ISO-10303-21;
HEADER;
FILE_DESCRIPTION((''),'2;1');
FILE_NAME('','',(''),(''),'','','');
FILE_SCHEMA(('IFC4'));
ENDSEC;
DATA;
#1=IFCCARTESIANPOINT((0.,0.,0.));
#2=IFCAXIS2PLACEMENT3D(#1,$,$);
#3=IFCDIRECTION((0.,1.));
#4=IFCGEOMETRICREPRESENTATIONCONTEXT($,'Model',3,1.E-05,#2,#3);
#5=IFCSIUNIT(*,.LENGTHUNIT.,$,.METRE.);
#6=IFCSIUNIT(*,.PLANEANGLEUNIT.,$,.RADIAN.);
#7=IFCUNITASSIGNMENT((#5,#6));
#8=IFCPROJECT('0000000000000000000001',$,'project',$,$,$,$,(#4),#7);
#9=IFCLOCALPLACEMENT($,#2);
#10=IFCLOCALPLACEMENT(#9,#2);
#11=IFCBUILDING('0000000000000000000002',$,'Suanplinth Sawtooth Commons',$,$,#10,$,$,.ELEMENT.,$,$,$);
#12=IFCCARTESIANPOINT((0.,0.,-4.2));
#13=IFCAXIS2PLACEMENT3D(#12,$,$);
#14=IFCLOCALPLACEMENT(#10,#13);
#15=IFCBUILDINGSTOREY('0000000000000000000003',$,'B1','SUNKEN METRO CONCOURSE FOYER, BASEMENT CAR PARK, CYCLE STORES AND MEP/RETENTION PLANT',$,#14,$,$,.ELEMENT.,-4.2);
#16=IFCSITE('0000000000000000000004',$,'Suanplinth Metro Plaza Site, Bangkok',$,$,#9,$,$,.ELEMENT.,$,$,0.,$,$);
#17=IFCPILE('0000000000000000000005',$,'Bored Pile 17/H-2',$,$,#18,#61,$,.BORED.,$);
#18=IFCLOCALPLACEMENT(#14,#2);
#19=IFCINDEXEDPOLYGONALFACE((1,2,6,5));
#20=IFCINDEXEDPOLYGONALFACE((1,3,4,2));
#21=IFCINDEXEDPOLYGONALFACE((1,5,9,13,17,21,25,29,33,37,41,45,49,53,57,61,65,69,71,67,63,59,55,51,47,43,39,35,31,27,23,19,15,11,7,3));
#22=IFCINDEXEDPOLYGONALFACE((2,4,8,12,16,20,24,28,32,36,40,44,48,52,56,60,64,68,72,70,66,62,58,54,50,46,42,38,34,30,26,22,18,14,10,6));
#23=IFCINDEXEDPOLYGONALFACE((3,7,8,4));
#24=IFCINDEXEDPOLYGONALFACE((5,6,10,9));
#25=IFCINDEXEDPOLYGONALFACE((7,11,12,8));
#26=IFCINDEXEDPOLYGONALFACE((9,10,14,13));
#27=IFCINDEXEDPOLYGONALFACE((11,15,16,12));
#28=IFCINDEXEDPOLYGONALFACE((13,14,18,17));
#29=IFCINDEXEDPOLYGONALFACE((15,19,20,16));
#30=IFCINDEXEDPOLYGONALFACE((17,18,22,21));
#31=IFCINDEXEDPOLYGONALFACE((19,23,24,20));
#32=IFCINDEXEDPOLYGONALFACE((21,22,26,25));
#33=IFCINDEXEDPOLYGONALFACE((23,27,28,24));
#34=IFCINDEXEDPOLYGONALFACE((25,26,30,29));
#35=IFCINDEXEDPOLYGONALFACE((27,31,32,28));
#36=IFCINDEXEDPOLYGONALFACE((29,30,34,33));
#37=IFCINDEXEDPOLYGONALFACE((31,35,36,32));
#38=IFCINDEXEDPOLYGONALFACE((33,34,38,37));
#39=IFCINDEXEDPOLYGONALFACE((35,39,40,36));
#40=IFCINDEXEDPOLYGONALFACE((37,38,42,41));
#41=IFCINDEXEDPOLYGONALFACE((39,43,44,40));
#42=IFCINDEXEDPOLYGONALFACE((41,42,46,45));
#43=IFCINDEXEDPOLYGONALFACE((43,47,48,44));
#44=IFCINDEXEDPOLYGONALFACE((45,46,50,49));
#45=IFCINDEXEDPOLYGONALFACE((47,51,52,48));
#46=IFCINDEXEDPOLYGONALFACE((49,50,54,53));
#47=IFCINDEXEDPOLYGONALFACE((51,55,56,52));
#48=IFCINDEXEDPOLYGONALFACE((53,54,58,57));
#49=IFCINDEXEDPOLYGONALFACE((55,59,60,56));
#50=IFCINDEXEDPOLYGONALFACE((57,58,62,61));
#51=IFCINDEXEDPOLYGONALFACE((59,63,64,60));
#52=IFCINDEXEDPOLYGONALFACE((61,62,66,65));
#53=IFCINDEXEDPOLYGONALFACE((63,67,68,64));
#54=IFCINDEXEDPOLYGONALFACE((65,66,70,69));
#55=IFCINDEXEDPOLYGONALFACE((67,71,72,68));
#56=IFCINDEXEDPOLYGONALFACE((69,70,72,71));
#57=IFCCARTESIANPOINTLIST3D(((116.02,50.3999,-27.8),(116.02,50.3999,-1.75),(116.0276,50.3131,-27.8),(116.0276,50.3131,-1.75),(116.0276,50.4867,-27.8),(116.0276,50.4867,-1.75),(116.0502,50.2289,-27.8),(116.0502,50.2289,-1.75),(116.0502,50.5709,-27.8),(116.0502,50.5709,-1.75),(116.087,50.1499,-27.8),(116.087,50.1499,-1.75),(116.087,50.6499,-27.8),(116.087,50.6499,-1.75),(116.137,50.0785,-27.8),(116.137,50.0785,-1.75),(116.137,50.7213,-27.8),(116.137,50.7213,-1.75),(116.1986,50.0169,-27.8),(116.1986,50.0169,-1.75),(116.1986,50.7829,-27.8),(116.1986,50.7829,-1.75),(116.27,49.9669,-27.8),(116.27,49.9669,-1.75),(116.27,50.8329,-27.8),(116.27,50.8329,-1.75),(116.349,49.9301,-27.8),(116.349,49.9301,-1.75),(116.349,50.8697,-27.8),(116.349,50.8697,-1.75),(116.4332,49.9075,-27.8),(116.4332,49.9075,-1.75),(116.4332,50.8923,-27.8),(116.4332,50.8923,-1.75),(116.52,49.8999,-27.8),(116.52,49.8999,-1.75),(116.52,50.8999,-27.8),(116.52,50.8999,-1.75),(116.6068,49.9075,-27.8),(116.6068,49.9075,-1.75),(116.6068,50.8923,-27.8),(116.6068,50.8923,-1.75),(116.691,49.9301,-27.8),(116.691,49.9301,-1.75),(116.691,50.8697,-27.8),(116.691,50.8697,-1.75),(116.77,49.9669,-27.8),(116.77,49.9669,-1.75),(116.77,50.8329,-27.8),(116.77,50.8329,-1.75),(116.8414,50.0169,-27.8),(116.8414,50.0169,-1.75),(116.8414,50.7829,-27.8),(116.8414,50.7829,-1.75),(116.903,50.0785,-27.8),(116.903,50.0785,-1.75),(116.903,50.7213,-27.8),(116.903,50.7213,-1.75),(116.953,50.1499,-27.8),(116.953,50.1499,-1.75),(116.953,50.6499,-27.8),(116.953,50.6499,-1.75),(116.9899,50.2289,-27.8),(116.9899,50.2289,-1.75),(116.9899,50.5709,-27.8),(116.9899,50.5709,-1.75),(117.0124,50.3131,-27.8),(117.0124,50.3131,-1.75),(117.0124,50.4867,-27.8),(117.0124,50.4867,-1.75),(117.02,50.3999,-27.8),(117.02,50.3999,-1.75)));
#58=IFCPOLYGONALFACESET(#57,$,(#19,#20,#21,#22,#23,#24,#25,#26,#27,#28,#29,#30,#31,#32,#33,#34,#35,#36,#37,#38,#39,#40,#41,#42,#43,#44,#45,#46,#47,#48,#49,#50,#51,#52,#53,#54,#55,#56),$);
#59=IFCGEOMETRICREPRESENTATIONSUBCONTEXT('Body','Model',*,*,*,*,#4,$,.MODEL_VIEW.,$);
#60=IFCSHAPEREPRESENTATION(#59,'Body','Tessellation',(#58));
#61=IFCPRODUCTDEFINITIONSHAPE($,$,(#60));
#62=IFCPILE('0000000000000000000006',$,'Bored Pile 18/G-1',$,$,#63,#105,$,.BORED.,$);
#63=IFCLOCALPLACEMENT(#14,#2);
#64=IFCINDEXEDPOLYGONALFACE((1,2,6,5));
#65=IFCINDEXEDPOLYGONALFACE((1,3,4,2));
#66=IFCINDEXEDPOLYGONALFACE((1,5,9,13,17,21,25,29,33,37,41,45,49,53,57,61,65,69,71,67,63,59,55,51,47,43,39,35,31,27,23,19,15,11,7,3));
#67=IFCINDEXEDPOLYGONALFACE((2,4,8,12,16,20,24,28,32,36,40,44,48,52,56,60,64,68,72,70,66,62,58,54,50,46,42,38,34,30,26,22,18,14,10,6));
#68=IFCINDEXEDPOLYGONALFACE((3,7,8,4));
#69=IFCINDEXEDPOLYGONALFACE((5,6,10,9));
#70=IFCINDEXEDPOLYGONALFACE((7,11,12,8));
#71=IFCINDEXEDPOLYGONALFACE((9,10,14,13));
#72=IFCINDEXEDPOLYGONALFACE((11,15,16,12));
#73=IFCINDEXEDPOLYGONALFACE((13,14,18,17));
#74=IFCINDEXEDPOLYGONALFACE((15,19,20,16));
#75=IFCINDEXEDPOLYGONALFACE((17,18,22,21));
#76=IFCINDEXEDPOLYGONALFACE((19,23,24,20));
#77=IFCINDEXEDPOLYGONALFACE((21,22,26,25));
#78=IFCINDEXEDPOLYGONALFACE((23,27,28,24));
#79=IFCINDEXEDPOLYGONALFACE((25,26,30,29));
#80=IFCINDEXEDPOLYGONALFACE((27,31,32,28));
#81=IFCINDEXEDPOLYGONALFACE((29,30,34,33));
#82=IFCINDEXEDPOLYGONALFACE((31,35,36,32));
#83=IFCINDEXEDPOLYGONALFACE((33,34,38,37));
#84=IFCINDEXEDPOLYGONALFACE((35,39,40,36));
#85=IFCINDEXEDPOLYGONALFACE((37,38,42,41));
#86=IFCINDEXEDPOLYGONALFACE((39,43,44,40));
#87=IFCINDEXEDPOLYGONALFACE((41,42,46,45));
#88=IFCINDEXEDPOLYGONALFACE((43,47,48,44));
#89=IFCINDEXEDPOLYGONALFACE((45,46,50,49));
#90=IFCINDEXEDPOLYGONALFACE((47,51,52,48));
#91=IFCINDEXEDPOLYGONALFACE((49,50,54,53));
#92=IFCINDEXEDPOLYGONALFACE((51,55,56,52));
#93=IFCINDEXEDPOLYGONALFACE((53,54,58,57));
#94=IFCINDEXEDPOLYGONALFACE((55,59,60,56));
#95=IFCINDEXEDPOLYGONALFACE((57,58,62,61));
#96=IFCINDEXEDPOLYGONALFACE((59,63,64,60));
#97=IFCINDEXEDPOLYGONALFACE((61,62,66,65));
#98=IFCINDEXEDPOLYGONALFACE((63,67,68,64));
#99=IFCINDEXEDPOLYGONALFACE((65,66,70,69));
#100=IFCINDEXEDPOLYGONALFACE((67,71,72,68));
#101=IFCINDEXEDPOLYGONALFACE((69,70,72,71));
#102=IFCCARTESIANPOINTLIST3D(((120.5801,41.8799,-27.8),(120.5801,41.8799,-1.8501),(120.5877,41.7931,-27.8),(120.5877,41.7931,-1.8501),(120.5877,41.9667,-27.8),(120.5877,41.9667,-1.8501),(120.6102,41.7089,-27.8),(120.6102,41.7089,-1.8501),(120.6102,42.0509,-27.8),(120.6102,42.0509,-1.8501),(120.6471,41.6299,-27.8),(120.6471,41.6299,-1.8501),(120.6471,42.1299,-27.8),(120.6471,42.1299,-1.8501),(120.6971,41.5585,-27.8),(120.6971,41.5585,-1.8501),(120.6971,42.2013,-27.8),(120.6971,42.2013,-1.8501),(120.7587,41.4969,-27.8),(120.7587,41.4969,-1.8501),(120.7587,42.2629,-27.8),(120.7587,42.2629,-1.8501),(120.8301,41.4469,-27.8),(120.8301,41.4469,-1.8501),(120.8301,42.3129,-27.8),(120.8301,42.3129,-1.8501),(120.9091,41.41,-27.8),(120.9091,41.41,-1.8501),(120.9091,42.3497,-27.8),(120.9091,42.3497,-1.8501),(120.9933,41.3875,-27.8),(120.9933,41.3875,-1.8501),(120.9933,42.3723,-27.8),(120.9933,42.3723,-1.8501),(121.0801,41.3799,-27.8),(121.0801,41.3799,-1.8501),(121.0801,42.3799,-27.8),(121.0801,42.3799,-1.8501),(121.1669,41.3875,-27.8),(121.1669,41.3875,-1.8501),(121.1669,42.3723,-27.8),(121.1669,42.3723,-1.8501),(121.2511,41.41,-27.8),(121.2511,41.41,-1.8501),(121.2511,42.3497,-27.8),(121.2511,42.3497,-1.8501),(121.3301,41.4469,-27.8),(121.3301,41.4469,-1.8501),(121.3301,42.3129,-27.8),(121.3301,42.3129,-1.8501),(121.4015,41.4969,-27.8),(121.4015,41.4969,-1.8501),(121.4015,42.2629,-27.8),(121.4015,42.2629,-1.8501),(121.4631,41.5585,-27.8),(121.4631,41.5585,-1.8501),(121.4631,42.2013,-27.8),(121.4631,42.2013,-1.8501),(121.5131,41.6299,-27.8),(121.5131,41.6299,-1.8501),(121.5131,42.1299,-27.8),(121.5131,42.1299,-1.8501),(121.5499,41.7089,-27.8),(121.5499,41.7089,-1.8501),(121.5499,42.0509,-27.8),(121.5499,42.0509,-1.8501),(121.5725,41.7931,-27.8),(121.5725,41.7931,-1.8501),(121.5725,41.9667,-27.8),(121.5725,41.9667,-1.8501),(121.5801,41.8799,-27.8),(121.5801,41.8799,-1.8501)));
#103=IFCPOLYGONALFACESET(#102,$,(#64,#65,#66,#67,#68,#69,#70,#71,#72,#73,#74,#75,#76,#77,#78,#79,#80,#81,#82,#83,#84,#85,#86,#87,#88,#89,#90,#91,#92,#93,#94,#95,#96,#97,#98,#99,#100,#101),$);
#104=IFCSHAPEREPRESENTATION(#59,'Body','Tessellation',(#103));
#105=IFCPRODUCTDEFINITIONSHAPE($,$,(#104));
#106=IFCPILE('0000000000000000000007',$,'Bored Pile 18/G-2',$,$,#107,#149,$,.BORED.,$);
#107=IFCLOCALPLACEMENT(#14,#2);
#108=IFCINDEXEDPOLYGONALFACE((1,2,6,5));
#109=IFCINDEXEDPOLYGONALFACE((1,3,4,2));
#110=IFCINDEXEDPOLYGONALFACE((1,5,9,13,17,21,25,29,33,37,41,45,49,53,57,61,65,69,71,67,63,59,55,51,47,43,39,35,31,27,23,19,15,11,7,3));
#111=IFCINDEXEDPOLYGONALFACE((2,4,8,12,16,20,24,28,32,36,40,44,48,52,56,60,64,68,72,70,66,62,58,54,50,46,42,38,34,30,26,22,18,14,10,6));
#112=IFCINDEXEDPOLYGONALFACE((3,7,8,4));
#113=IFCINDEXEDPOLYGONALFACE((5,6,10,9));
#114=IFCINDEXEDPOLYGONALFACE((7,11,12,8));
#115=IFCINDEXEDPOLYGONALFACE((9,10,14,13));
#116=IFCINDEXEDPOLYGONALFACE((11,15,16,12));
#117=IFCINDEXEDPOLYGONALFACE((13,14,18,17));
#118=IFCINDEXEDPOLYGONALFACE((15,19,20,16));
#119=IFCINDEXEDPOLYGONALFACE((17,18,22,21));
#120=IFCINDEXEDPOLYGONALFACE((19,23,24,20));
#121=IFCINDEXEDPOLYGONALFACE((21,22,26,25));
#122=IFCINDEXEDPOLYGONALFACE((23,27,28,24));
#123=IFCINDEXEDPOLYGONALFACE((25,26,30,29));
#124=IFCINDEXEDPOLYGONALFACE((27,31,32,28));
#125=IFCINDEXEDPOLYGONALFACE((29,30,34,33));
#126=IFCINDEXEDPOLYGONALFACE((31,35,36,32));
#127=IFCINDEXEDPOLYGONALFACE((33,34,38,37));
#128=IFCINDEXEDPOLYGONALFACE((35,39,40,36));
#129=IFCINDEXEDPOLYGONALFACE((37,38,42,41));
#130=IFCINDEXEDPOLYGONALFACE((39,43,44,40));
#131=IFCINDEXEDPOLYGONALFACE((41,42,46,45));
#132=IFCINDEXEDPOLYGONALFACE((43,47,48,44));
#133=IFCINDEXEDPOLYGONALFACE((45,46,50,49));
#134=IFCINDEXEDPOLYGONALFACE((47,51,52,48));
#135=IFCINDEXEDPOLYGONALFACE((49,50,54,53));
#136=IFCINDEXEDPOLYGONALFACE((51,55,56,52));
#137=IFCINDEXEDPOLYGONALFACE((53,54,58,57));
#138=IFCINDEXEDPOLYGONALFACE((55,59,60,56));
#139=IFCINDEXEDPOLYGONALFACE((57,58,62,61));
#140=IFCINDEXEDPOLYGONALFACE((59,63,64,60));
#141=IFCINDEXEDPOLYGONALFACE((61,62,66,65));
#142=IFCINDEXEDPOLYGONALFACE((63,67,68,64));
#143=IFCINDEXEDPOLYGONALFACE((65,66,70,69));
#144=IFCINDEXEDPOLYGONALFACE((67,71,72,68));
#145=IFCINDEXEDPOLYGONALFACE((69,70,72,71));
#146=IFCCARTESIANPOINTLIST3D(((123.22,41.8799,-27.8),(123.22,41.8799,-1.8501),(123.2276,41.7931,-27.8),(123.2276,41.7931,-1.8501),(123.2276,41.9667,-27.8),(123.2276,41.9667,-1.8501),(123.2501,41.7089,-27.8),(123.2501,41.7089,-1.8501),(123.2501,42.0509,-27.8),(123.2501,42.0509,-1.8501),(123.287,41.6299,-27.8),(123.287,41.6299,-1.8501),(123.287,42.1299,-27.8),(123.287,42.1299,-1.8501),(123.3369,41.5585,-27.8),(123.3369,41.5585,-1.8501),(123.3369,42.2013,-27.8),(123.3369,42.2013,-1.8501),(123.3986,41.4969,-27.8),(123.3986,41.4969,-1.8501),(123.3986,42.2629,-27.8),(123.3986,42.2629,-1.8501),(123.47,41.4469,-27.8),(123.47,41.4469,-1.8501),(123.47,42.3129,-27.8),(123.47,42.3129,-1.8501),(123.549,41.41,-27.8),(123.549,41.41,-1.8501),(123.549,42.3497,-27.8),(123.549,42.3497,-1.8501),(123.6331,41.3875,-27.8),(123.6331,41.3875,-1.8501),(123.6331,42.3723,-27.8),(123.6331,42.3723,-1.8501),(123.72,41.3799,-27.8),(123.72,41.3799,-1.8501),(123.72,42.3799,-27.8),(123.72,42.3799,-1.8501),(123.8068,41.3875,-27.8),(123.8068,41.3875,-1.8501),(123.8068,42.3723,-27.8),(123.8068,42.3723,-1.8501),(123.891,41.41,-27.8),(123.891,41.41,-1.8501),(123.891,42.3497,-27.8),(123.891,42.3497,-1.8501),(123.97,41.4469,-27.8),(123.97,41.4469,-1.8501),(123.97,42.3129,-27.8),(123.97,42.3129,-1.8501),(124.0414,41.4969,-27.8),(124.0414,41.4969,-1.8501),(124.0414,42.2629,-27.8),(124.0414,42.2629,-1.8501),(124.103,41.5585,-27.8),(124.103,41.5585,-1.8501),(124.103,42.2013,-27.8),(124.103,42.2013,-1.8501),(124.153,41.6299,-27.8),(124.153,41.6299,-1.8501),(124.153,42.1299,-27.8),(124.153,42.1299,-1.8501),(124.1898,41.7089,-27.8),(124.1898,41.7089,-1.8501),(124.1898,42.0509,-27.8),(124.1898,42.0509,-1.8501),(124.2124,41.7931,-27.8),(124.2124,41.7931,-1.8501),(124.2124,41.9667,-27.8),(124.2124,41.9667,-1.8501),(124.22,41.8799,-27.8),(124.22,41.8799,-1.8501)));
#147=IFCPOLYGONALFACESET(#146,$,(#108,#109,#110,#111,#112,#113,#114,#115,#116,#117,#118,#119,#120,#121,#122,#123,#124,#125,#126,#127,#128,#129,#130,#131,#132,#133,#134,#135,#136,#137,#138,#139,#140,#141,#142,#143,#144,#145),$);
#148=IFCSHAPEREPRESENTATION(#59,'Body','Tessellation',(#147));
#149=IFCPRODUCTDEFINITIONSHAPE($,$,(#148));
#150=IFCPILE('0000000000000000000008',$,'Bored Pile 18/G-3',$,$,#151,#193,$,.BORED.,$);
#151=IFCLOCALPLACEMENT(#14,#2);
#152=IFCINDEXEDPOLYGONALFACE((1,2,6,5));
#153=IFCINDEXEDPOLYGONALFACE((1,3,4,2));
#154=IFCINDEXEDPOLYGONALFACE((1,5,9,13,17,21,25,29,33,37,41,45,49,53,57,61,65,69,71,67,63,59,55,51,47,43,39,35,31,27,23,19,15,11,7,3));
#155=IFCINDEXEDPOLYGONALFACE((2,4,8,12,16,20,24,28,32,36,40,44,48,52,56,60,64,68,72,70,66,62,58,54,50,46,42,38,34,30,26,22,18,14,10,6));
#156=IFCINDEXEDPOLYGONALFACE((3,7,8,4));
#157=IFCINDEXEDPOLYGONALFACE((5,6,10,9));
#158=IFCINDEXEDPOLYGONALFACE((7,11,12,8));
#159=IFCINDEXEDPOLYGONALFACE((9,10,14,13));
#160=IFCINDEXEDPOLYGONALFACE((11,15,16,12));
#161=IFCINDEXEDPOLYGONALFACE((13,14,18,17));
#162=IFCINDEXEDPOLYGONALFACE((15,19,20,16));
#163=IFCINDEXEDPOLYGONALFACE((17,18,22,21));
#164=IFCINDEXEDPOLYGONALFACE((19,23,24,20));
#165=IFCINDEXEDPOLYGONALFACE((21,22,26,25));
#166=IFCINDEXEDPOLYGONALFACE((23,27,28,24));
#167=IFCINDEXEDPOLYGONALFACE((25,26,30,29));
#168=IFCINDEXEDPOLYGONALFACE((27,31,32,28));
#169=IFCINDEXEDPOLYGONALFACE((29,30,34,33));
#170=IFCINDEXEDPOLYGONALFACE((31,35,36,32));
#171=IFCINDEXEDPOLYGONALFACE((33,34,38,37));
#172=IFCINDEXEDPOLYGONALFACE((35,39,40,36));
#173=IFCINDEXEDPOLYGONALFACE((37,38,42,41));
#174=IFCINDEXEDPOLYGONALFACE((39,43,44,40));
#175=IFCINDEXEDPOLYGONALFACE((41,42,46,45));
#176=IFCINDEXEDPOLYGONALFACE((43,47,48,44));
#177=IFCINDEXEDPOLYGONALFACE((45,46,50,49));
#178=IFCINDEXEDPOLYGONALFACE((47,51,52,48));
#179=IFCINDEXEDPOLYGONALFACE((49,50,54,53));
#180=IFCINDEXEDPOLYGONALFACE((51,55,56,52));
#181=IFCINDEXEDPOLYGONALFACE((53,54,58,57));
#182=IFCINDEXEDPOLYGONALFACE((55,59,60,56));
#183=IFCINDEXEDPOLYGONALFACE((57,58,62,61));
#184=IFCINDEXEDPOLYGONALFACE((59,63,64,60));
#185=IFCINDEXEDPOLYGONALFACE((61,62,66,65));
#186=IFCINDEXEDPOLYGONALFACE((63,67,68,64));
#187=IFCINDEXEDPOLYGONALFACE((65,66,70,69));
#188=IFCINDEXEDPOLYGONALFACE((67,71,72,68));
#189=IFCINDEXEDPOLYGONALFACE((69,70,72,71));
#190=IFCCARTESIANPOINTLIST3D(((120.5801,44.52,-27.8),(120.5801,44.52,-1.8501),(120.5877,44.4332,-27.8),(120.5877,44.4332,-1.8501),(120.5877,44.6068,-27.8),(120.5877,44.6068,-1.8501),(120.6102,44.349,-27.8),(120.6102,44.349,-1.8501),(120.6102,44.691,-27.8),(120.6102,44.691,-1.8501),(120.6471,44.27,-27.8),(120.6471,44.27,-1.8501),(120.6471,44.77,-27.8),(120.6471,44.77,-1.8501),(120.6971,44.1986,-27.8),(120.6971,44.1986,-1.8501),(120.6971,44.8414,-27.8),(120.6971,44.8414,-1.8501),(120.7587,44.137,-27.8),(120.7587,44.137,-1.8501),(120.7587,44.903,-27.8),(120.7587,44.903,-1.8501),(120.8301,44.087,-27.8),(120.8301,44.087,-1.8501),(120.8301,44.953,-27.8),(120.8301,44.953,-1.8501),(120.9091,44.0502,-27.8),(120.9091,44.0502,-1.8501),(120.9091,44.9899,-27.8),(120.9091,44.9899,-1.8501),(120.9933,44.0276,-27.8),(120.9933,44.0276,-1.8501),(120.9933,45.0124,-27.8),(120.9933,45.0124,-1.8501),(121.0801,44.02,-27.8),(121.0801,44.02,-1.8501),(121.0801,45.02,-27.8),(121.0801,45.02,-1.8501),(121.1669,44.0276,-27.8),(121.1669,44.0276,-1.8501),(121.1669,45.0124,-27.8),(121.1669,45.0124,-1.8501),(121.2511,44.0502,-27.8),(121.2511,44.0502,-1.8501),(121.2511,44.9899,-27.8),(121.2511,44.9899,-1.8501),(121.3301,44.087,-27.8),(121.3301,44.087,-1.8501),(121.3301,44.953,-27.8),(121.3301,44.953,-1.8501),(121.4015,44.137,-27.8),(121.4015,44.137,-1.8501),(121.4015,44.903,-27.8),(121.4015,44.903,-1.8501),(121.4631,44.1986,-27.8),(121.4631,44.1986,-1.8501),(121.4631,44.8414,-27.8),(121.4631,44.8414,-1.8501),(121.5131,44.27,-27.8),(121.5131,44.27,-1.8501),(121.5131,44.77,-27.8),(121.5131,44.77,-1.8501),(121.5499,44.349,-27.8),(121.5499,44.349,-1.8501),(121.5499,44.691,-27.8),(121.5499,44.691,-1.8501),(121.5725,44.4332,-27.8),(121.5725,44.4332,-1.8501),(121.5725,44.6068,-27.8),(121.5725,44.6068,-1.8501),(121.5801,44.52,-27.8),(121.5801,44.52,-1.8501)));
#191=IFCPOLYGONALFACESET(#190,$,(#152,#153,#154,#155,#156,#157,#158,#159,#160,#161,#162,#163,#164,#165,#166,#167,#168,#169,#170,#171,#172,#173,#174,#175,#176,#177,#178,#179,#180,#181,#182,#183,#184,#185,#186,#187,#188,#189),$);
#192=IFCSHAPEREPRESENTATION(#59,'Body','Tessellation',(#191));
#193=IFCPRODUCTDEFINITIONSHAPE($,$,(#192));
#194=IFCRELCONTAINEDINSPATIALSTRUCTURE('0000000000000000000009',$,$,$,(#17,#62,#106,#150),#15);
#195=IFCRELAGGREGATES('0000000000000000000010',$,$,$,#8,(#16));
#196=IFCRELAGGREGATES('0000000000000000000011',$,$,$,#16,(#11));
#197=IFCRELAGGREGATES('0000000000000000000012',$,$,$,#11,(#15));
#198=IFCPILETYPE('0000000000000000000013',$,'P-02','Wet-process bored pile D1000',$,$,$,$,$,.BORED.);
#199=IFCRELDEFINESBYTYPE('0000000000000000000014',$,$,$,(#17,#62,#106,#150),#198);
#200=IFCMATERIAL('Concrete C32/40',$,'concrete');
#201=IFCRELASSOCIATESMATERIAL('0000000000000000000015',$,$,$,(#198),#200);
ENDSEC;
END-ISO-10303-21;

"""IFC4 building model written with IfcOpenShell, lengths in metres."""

from ifc_helpers import new_model, si_unit, direction, frame, origin, origin_2d, place, context, subcontext, project, spatial, circle, extrude, material, material_profile, profile_set, type_object, element, save


model = new_model("IFC4")

# Units and contexts
model_context = context("Model", 3, precision=1e-05, world=origin(), true_north=direction((0.0, 1.0)))
body_context = subcontext(model_context, "Body", "Model", "MODEL_VIEW")
ifc_project = project(units=[si_unit("LENGTHUNIT", "METRE"), si_unit("PLANEANGLEUNIT", "RADIAN")], contexts=[model_context])

# Site, building, storey
site_placement = place(None, origin())
site = spatial("IfcSite", under=ifc_project, at=site_placement, Name="Suanplinth Metro Plaza Site, Bangkok", CompositionType="ELEMENT", RefElevation=0.0)
building_placement = place(site_placement, origin())
building = spatial("IfcBuilding", under=site, at=building_placement, Name="Suanplinth Sawtooth Commons", CompositionType="ELEMENT")
storey_placement = place(building_placement, frame((0.0, 0.0, -4.2)))
storey = spatial("IfcBuildingStorey", under=building, at=storey_placement, Name="B1", Description="SUNKEN METRO CONCOURSE FOYER, BASEMENT CAR PARK, CYCLE STORES AND MEP/RETENTION PLANT", CompositionType="ELEMENT", Elevation=-4.2)

# Piles
ifc_material_1 = material(Name="Concrete C32/40", Category="concrete")
ifc_material_profile_1 = material_profile(ifc_material_1, circle(Radius=0.5, at=origin_2d()), Name="PILE D1000")
ifc_profile_set_1 = profile_set([ifc_material_profile_1], Name="Concrete C32/40")
pile_type_1 = type_object("IfcPileType", Name="P-02", Description="Wet-process bored pile D1000", PredefinedType="BORED", material=ifc_profile_set_1)
pile_1_placement = place(storey_placement, frame((116.52, 50.3999, -1.75), z_axis=(0.0, 0.0, -1.0), x_axis=(1.0, 0.0, 0.0)))
element("IfcPile", 1, at=pile_1_placement, inside=storey, type_object=pile_type_1, Name="Bored Pile 17/H-2", PredefinedType="BORED", context=body_context, shape_type="SweptSolid", body=[
    extrude(circle(Radius=0.5, at=origin_2d()), origin(), (0.0, 0.0, 1.0), 26.05),
])
for number, where, z_axis, x_axis, name in (
    (2, (121.0801, 41.8799, -1.8501), (0.0, 0.0, -1.0), (1.0, 0.0, 0.0), "Bored Pile 18/G-1"),
    (3, (123.72, 41.8799, -1.8501), (0.0, 0.0, -1.0), (1.0, 0.0, 0.0), "Bored Pile 18/G-2"),
    (4, (121.0801, 44.52, -1.8501), (0.0, 0.0, -1.0), (1.0, 0.0, 0.0), "Bored Pile 18/G-3"),
):
    element("IfcPile", number, at=place(storey_placement, frame(where, z_axis=z_axis, x_axis=x_axis)), inside=storey, type_object=pile_type_1, Name=name, PredefinedType="BORED", context=body_context, shape_type="SweptSolid", body=[
        extrude(circle(Radius=0.5, at=origin_2d()), origin(), (0.0, 0.0, 1.0), 25.95),
    ])

save(model, "model.ifc")
